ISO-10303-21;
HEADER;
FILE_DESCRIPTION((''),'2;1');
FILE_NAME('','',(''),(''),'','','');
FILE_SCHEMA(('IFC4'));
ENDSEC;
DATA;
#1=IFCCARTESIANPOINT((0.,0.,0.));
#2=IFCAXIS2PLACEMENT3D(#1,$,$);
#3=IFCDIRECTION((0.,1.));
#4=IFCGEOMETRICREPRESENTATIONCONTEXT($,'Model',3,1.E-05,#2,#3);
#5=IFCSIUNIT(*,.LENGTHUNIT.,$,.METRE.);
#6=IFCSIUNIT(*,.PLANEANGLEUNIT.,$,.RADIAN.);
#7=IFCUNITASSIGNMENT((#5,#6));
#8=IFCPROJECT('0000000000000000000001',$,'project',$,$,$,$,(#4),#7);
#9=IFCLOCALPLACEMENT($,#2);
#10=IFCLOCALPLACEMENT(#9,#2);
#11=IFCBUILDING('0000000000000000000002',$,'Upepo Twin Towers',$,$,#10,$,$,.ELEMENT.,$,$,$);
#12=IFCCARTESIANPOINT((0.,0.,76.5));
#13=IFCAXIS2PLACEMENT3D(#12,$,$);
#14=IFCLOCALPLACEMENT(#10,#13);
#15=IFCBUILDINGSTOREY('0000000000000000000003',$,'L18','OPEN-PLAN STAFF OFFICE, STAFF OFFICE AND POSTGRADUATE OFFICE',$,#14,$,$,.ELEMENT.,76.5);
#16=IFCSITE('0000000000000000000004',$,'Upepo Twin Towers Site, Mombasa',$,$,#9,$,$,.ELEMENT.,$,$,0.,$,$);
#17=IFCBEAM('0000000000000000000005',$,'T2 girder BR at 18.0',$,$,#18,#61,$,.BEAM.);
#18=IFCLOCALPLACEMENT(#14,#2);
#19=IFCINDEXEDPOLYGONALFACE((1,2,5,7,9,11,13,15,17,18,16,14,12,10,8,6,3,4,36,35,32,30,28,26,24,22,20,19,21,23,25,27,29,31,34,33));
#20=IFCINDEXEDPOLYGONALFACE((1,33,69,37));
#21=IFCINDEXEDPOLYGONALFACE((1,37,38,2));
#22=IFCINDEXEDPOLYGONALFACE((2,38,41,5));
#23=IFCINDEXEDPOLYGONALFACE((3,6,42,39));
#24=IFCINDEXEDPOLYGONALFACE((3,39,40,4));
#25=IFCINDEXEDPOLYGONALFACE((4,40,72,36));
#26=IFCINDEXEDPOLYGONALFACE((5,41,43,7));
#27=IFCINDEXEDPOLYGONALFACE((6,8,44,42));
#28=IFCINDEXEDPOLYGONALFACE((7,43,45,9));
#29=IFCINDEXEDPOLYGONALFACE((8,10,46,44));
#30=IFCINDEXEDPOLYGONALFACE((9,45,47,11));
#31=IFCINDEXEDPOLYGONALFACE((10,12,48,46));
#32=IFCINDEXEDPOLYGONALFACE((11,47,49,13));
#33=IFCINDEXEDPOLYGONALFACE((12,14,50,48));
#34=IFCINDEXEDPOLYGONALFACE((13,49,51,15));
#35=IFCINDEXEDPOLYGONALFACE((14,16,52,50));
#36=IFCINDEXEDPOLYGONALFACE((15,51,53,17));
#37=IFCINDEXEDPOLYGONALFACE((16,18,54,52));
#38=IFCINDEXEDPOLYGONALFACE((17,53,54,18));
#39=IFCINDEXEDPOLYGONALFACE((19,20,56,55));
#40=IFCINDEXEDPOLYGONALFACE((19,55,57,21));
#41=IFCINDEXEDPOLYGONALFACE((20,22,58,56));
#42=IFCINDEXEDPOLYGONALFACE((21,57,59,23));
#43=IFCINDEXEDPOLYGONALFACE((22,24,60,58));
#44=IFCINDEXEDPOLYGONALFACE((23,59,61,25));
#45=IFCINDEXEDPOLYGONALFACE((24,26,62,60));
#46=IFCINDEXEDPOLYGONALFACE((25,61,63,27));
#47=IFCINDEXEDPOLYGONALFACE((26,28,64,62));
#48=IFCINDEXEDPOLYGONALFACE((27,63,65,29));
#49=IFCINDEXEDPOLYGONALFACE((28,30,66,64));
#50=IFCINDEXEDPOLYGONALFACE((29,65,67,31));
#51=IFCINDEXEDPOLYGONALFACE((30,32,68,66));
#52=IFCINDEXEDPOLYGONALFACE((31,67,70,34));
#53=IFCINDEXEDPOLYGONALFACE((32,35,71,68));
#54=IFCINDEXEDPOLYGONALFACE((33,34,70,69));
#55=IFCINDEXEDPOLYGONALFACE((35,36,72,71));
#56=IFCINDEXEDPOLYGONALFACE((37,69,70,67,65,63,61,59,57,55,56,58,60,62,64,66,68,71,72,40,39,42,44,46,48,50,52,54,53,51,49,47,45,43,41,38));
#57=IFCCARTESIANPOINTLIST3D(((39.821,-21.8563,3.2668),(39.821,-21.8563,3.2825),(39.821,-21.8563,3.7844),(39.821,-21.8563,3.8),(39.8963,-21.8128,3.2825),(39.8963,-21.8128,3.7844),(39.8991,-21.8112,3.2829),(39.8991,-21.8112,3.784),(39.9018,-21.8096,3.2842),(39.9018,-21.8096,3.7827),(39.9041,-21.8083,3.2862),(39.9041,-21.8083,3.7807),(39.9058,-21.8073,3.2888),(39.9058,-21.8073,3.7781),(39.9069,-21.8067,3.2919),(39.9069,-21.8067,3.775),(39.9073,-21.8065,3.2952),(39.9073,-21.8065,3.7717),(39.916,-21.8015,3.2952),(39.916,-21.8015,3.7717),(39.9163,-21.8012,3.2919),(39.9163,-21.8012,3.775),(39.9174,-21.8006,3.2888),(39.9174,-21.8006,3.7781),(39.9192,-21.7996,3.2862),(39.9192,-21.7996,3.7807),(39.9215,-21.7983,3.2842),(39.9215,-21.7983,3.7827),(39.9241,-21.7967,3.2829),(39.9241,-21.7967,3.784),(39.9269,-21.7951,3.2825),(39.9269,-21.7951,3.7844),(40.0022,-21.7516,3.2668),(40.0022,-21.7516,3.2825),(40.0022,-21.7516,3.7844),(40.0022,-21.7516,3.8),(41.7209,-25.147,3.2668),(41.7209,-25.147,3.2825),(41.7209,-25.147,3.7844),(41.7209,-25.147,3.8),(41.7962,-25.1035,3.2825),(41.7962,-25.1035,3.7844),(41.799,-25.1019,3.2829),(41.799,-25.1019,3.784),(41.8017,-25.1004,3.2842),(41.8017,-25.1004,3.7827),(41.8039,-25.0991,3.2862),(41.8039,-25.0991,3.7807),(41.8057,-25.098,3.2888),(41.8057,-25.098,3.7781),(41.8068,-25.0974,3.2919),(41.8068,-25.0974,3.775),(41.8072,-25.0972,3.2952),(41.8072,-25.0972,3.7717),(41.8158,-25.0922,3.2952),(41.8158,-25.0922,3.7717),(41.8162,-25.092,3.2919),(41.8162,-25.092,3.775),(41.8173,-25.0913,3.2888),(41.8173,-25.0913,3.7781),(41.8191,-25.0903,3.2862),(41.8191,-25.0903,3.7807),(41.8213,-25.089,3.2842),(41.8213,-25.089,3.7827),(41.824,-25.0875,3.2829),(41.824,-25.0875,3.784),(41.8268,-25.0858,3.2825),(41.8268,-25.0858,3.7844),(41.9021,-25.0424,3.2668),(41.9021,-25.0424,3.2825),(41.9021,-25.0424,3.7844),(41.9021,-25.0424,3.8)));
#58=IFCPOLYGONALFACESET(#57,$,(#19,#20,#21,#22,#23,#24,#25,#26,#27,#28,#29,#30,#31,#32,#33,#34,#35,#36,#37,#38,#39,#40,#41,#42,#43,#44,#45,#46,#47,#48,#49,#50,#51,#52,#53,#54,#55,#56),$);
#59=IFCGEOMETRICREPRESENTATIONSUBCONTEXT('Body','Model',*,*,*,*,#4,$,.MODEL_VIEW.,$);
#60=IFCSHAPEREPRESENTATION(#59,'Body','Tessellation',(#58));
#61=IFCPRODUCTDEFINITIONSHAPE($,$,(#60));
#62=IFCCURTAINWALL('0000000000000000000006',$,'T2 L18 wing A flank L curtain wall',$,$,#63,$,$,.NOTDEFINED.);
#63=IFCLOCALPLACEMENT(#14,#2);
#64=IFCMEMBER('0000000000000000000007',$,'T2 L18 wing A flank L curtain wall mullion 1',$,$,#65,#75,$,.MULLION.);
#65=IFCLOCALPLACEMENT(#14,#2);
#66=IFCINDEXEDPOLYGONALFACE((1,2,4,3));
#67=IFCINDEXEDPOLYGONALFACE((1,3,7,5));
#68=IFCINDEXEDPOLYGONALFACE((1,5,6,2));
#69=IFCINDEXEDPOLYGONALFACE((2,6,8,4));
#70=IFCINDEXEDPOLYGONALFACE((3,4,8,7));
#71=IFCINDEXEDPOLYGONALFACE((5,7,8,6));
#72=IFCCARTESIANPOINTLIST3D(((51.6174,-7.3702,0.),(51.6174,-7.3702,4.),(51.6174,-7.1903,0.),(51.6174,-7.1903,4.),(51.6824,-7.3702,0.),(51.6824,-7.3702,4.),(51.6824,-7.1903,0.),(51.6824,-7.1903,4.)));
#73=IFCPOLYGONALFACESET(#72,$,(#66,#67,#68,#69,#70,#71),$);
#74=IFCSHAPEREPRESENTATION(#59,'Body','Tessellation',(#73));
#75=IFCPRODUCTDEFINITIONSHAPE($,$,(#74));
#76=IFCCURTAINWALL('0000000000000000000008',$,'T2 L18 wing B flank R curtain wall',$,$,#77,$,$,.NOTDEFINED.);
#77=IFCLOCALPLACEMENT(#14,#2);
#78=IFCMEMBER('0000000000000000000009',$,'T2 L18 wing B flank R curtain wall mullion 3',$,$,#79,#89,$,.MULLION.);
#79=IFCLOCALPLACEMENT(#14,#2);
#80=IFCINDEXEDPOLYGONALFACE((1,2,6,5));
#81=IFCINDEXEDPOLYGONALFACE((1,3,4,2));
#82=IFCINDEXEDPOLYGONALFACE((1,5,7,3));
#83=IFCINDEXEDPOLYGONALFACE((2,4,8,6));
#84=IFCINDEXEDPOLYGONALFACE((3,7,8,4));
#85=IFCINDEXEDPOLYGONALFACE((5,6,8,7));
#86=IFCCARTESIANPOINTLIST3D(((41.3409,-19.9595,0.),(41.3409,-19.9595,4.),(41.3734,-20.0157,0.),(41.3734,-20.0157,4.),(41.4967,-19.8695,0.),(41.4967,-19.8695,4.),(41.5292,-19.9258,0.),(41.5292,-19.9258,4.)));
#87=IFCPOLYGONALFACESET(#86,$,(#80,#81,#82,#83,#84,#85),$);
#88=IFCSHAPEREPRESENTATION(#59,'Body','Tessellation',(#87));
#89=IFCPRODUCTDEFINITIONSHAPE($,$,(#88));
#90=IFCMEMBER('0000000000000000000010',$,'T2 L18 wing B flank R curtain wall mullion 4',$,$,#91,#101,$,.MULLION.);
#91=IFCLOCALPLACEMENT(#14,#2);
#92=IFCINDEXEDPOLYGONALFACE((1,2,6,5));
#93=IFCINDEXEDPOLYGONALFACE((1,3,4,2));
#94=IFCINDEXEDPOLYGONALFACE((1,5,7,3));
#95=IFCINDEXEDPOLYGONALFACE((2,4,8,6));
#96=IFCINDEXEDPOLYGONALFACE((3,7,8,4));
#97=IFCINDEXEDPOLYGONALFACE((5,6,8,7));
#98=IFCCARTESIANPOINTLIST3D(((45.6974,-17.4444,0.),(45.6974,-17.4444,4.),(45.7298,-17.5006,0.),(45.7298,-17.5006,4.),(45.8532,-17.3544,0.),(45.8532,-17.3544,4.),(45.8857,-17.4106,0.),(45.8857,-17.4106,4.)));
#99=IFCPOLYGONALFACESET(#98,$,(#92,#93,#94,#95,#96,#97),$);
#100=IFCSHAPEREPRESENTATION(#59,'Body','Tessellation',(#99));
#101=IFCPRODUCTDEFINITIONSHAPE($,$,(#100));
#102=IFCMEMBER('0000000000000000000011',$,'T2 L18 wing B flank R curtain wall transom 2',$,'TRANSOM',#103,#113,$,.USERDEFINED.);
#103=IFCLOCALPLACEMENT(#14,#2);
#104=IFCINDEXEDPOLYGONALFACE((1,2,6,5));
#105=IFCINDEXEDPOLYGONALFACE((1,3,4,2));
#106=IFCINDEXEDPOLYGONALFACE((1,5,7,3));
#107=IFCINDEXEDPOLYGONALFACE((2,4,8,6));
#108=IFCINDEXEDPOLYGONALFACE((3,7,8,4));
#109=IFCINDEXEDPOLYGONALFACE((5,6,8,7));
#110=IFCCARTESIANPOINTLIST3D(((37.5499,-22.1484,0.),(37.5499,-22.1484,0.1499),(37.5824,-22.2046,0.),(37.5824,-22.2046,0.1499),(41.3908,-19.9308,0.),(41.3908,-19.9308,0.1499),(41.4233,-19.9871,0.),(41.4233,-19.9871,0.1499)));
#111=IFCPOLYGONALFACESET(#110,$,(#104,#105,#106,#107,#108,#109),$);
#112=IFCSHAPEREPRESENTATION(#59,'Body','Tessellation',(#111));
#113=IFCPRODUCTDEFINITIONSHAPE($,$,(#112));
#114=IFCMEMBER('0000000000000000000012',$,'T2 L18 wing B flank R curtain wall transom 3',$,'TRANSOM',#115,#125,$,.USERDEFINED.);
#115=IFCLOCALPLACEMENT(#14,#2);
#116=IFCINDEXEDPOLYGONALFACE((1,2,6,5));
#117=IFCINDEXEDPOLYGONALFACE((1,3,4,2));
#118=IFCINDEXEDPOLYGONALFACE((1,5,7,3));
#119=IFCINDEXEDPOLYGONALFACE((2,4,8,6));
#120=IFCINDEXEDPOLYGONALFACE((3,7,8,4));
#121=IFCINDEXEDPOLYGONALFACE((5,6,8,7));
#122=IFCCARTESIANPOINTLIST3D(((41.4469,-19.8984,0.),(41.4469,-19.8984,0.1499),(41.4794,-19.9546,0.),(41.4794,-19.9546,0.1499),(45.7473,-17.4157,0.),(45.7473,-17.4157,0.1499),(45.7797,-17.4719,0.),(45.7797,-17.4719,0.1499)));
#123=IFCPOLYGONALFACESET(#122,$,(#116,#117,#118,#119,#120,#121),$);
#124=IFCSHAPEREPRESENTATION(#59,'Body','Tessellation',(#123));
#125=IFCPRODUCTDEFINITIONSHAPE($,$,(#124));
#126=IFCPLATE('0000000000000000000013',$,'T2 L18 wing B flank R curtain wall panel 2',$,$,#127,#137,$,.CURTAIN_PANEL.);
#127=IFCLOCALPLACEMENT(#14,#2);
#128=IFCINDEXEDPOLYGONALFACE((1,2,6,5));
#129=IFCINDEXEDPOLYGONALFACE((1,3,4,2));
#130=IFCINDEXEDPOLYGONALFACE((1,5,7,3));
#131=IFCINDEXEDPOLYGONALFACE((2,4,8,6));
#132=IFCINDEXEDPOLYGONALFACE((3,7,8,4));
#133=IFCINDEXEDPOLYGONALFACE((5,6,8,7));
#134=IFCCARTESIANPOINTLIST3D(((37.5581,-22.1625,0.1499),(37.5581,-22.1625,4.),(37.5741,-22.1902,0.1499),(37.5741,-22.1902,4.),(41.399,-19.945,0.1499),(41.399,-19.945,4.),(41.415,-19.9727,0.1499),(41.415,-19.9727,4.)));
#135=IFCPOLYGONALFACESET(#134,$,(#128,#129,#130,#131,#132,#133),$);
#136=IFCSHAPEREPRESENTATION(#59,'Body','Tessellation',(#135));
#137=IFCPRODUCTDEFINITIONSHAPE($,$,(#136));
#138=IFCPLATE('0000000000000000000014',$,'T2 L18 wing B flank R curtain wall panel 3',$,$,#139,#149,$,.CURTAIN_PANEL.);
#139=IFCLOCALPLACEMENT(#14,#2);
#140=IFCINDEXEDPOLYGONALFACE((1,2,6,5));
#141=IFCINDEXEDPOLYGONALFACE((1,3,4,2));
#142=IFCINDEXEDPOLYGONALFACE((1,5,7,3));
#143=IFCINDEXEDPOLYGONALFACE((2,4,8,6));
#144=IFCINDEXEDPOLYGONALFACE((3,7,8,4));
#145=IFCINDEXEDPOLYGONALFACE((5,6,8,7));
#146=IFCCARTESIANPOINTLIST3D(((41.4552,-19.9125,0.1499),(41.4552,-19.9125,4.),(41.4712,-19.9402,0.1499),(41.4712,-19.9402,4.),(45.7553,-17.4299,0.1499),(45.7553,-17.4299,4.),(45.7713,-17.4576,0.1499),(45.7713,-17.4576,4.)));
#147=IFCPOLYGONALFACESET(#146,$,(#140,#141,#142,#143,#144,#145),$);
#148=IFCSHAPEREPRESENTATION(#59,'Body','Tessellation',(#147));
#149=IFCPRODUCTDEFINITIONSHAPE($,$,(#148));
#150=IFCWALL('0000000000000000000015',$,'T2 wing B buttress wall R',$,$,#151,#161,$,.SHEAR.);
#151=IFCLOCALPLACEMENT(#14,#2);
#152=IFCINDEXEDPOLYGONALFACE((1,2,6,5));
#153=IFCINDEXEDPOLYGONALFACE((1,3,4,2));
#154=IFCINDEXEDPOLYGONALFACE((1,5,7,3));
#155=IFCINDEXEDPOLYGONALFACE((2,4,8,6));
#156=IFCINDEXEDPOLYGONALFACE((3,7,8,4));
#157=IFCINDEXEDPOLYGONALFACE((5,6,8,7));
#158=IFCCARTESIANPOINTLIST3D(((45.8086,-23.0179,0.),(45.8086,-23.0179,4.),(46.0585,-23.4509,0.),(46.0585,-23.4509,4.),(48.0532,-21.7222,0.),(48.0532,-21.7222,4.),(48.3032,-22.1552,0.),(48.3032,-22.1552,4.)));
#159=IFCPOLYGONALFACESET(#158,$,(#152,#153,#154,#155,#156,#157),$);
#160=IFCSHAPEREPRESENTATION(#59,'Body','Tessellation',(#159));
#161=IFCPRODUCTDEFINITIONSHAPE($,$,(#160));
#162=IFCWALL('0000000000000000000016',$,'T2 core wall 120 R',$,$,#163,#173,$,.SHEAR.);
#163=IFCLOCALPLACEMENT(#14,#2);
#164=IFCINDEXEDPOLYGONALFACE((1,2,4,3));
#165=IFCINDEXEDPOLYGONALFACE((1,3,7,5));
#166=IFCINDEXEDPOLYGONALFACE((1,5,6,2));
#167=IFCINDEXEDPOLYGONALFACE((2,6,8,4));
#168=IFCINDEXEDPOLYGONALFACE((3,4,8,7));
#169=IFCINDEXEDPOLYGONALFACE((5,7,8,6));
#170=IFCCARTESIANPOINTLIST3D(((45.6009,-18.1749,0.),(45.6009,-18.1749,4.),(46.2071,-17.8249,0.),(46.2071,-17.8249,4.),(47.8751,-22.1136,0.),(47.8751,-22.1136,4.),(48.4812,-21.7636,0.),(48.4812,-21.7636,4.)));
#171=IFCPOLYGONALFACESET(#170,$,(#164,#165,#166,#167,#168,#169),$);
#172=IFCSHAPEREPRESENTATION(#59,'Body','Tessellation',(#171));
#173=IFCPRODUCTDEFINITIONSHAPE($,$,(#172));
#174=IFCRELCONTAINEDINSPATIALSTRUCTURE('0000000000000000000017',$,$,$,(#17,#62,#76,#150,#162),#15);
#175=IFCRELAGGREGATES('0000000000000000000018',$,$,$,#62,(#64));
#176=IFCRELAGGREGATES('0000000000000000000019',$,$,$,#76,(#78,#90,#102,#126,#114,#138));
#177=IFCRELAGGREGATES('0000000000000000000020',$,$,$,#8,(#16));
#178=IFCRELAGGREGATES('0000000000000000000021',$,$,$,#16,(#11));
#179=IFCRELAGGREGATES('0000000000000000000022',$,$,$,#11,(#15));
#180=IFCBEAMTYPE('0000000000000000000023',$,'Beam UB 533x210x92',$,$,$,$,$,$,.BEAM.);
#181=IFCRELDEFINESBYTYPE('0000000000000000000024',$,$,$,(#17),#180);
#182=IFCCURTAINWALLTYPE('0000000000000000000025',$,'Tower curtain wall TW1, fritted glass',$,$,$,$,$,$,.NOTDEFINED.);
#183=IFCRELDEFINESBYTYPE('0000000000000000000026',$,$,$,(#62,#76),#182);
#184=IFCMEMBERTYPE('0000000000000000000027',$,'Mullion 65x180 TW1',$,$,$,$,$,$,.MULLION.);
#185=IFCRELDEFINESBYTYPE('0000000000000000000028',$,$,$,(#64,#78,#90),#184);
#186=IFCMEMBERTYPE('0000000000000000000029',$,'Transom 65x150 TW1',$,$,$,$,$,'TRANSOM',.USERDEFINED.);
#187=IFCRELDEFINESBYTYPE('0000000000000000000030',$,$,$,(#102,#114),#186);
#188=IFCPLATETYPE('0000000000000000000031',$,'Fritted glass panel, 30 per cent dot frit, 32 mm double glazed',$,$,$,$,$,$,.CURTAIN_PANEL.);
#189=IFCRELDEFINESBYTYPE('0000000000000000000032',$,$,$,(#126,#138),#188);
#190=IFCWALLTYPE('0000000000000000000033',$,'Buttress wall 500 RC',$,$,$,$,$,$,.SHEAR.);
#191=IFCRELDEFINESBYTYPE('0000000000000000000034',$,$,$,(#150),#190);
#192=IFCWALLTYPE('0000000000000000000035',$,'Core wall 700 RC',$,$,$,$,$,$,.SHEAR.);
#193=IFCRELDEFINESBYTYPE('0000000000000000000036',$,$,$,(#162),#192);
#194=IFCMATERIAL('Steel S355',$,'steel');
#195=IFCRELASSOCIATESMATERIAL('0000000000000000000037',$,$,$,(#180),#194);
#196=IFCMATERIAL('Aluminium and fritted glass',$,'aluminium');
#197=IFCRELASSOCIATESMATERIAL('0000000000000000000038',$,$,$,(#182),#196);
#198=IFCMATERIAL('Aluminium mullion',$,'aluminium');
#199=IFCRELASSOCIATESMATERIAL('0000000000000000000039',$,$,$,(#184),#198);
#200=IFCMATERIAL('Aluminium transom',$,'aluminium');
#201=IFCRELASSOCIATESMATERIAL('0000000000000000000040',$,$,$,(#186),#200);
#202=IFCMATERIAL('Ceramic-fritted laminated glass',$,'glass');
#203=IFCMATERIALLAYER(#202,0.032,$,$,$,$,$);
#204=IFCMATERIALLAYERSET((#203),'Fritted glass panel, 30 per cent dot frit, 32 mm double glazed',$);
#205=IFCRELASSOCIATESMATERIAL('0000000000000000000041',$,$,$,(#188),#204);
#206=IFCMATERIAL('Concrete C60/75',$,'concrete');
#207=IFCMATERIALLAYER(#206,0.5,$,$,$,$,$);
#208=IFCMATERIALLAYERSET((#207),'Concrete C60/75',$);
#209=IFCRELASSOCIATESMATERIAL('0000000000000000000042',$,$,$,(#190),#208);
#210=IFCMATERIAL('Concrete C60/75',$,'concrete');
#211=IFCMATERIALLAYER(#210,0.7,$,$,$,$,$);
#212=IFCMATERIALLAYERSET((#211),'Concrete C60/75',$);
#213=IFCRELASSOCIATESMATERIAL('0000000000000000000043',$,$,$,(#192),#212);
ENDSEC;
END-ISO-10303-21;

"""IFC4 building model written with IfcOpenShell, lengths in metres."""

from ifc_helpers import new_model, si_unit, direction, frame, frame_2d, origin, origin_2d, place, context, subcontext, project, spatial, rectangle, i_section, extrude, material, layer, layer_set, material_profile, profile_set, type_object, element, aggregate, save


model = new_model("IFC4")

# Units and contexts
model_context = context("Model", 3, precision=1e-05, world=origin(), true_north=direction((0.0, 1.0)))
body_context = subcontext(model_context, "Body", "Model", "MODEL_VIEW")
ifc_project = project(units=[si_unit("LENGTHUNIT", "METRE"), si_unit("PLANEANGLEUNIT", "RADIAN")], contexts=[model_context])

# Site, building, storey
site_placement = place(None, origin())
site = spatial("IfcSite", under=ifc_project, at=site_placement, Name="Upepo Twin Towers Site, Mombasa", CompositionType="ELEMENT", RefElevation=0.0)
building_placement = place(site_placement, origin())
building = spatial("IfcBuilding", under=site, at=building_placement, Name="Upepo Twin Towers", CompositionType="ELEMENT")
storey_placement = place(building_placement, frame((0.0, 0.0, 76.5)))
storey = spatial("IfcBuildingStorey", under=building, at=storey_placement, Name="L18", Description="OPEN-PLAN STAFF OFFICE, STAFF OFFICE AND POSTGRADUATE OFFICE", CompositionType="ELEMENT", Elevation=76.5)

# Beam
ifc_material_1 = material(Name="Steel S355", Category="steel")
ifc_material_profile_1 = material_profile(ifc_material_1, i_section(OverallWidth=0.2092, OverallDepth=0.5332, WebThickness=0.01, FlangeThickness=0.0156, FilletRadius=0.0127, at=origin_2d()), Name="UB 533x210x92")
ifc_profile_set_1 = profile_set([ifc_material_profile_1], Name="Steel S355")
beam_type_1 = type_object("IfcBeamType", Name="Beam UB 533x210x92", PredefinedType="BEAM", material=ifc_profile_set_1)
beam_1_placement = place(storey_placement, frame((39.9116, -21.804, 3.5334), z_axis=(0.499995, -0.866028, 0.0), x_axis=(0.866028, 0.499995, 0.0)))
element("IfcBeam", 1, at=beam_1_placement, inside=storey, type_object=beam_type_1, Name="T2 girder BR at 18.0", PredefinedType="BEAM", context=body_context, shape_type="SweptSolid", body=[
    extrude(i_section(OverallWidth=0.2092, OverallDepth=0.5332, WebThickness=0.01, FlangeThickness=0.0156, FilletRadius=0.0127, at=origin_2d()), origin(), (0.0, 0.0, 1.0), 3.7998),
])

# Curtain wall, member
ifc_material_2 = material(Name="Aluminium and fritted glass", Category="aluminium")
curtain_wall_type = type_object("IfcCurtainWallType", Name="Tower curtain wall TW1, fritted glass", PredefinedType="NOTDEFINED", material=ifc_material_2)
curtain_wall_1_placement = place(storey_placement, origin())
curtain_wall_1 = element("IfcCurtainWall", 2, at=curtain_wall_1_placement, inside=storey, type_object=curtain_wall_type, Name="T2 L18 wing A flank L curtain wall", PredefinedType="NOTDEFINED")
ifc_material_3 = material(Name="Aluminium mullion", Category="aluminium")
ifc_material_profile_2 = material_profile(ifc_material_3, rectangle(XDim=0.0649, YDim=0.1799, at=origin_2d()), Name="MULLION 65x180")
ifc_profile_set_2 = profile_set([ifc_material_profile_2], Name="Aluminium mullion")
member_type_1 = type_object("IfcMemberType", Name="Mullion 65x180 TW1", PredefinedType="MULLION", material=ifc_profile_set_2)
member_1_placement = place(storey_placement, frame((51.6499, -7.2803, 0.0), z_axis=(0.0, 0.0, 1.0), x_axis=(-1.0, 0.0, 0.0)))
member_1 = element("IfcMember", 3, at=member_1_placement, type_object=member_type_1, Name="T2 L18 wing A flank L curtain wall mullion 1", PredefinedType="MULLION", context=body_context, shape_type="SweptSolid", body=[
    extrude(rectangle(XDim=0.0649, YDim=0.1799, at=origin_2d()), origin(), (0.0, 0.0, 1.0), 4.0),
])
aggregate(curtain_wall_1, [member_1])

# Curtain wall, members, plates
curtain_wall_2_placement = place(storey_placement, origin())
curtain_wall_2 = element("IfcCurtainWall", 4, at=curtain_wall_2_placement, inside=storey, type_object=curtain_wall_type, Name="T2 L18 wing B flank R curtain wall", PredefinedType="NOTDEFINED")
member_2_placement = place(storey_placement, frame((41.4351, -19.9426, 0.0), z_axis=(0.0, 0.0, 1.0), x_axis=(-0.5, 0.866025, 0.0)))
member_2 = element("IfcMember", 5, at=member_2_placement, type_object=member_type_1, Name="T2 L18 wing B flank R curtain wall mullion 3", PredefinedType="MULLION", context=body_context, shape_type="SweptSolid", body=[
    extrude(rectangle(XDim=0.0649, YDim=0.1799, at=origin_2d()), origin(), (0.0, 0.0, 1.0), 4.0),
])
member_3_placement = place(storey_placement, frame((45.7915, -17.4275, 0.0), z_axis=(0.0, 0.0, 1.0), x_axis=(-0.5, 0.866025, 0.0)))
member_3 = element("IfcMember", 6, at=member_3_placement, type_object=member_type_1, Name="T2 L18 wing B flank R curtain wall mullion 4", PredefinedType="MULLION", context=body_context, shape_type="SweptSolid", body=[
    extrude(rectangle(XDim=0.0649, YDim=0.1799, at=origin_2d()), origin(), (0.0, 0.0, 1.0), 4.0),
])
ifc_material_4 = material(Name="Aluminium transom", Category="aluminium")
ifc_material_profile_3 = material_profile(ifc_material_4, rectangle(XDim=0.0649, YDim=0.1499, at=origin_2d()), Name="TRANSOM 65x150")
ifc_profile_set_3 = profile_set([ifc_material_profile_3], Name="Aluminium transom")
member_type_2 = type_object("IfcMemberType", Name="Transom 65x150 TW1", ElementType="TRANSOM", PredefinedType="USERDEFINED", material=ifc_profile_set_3)
member_4_placement = place(storey_placement, frame((37.5662, -22.1765, 0.075), z_axis=(0.866022, 0.500005, 0.0), x_axis=(-0.500005, 0.866022, 0.0)))
member_4 = element("IfcMember", 7, at=member_4_placement, type_object=member_type_2, Name="T2 L18 wing B flank R curtain wall transom 2", ObjectType="TRANSOM", PredefinedType="USERDEFINED", context=body_context, shape_type="SweptSolid", body=[
    extrude(rectangle(XDim=0.0649, YDim=0.1499, at=origin_2d()), origin(), (0.0, 0.0, 1.0), 4.4351),
])
member_5_placement = place(storey_placement, frame((41.4631, -19.9265, 0.075), z_axis=(0.866035, 0.499983, 0.0), x_axis=(-0.499983, 0.866035, 0.0)))
member_5 = element("IfcMember", 8, at=member_5_placement, type_object=member_type_2, Name="T2 L18 wing B flank R curtain wall transom 3", ObjectType="TRANSOM", PredefinedType="USERDEFINED", context=body_context, shape_type="SweptSolid", body=[
    extrude(rectangle(XDim=0.0649, YDim=0.1499, at=origin_2d()), origin(), (0.0, 0.0, 1.0), 4.9656),
])
ifc_material_5 = material(Name="Ceramic-fritted laminated glass", Category="glass")
ifc_layer_1 = layer(ifc_material_5, 0.032)
ifc_layer_set_1 = layer_set([ifc_layer_1], Name="Fritted glass panel, 30 per cent dot frit, 32 mm double glazed")
plate_type = type_object("IfcPlateType", Name="Fritted glass panel, 30 per cent dot frit, 32 mm double glazed", PredefinedType="CURTAIN_PANEL", material=ifc_layer_set_1)
plate_1_placement = place(storey_placement, frame((39.4866, -21.0676, 0.1499), z_axis=(0.0, 0.0, 1.0), x_axis=(0.866025, 0.5, 0.0)))
plate_1 = element("IfcPlate", 9, at=plate_1_placement, type_object=plate_type, Name="T2 L18 wing B flank R curtain wall panel 2", PredefinedType="CURTAIN_PANEL", context=body_context, shape_type="SweptSolid", body=[
    extrude(rectangle(XDim=4.4351, YDim=0.032, at=origin_2d()), origin(), (0.0, 0.0, 1.0), 3.8501),
])
plate_2_placement = place(storey_placement, frame((43.6133, -18.6851, 0.1499), z_axis=(0.0, 0.0, 1.0), x_axis=(0.866025, 0.5, 0.0)))
plate_2 = element("IfcPlate", 10, at=plate_2_placement, type_object=plate_type, Name="T2 L18 wing B flank R curtain wall panel 3", PredefinedType="CURTAIN_PANEL", context=body_context, shape_type="SweptSolid", body=[
    extrude(rectangle(XDim=4.9653, YDim=0.032, at=origin_2d()), origin(), (0.0, 0.0, 1.0), 3.8501),
])
aggregate(curtain_wall_2, [member_2, member_3, member_4, plate_1, member_5, plate_2])

# Walls
ifc_material_6 = material(Name="Concrete C60/75", Category="concrete")
ifc_layer_2 = layer(ifc_material_6, 0.5)
ifc_layer_set_2 = layer_set([ifc_layer_2], Name="Concrete C60/75")
wall_type_1 = type_object("IfcWallType", Name="Buttress wall 500 RC", PredefinedType="SHEAR", material=ifc_layer_set_2)
wall_1_placement = place(storey_placement, frame((48.1782, -21.9387, 0.0), z_axis=(0.0, 0.0, 1.0), x_axis=(-0.866073, -0.499918, 0.0)))
element("IfcWall", 11, at=wall_1_placement, inside=storey, type_object=wall_type_1, Name="T2 wing B buttress wall R", PredefinedType="SHEAR", context=body_context, shape_type="SweptSolid", body=[
    extrude(rectangle(XDim=2.5918, YDim=0.5, at=frame_2d((1.2959, 0.0))), origin(), (0.0, 0.0, 1.0), 4.0),
])
ifc_material_7 = material(Name="Concrete C60/75", Category="concrete")
ifc_layer_3 = layer(ifc_material_7, 0.7)
ifc_layer_set_3 = layer_set([ifc_layer_3], Name="Concrete C60/75")
wall_type_2 = type_object("IfcWallType", Name="Core wall 700 RC", PredefinedType="SHEAR", material=ifc_layer_set_3)
wall_2_placement = place(storey_placement, frame((45.9041, -18.0, 0.0), z_axis=(0.0, 0.0, 1.0), x_axis=(0.500024, -0.866011, 0.0)))
element("IfcWall", 12, at=wall_2_placement, inside=storey, type_object=wall_type_2, Name="T2 core wall 120 R", PredefinedType="SHEAR", context=body_context, shape_type="SweptSolid", body=[
    extrude(rectangle(XDim=4.5481, YDim=0.7, at=frame_2d((2.2739, 0.0))), origin(), (0.0, 0.0, 1.0), 4.0),
])

save(model, "model.ifc")
